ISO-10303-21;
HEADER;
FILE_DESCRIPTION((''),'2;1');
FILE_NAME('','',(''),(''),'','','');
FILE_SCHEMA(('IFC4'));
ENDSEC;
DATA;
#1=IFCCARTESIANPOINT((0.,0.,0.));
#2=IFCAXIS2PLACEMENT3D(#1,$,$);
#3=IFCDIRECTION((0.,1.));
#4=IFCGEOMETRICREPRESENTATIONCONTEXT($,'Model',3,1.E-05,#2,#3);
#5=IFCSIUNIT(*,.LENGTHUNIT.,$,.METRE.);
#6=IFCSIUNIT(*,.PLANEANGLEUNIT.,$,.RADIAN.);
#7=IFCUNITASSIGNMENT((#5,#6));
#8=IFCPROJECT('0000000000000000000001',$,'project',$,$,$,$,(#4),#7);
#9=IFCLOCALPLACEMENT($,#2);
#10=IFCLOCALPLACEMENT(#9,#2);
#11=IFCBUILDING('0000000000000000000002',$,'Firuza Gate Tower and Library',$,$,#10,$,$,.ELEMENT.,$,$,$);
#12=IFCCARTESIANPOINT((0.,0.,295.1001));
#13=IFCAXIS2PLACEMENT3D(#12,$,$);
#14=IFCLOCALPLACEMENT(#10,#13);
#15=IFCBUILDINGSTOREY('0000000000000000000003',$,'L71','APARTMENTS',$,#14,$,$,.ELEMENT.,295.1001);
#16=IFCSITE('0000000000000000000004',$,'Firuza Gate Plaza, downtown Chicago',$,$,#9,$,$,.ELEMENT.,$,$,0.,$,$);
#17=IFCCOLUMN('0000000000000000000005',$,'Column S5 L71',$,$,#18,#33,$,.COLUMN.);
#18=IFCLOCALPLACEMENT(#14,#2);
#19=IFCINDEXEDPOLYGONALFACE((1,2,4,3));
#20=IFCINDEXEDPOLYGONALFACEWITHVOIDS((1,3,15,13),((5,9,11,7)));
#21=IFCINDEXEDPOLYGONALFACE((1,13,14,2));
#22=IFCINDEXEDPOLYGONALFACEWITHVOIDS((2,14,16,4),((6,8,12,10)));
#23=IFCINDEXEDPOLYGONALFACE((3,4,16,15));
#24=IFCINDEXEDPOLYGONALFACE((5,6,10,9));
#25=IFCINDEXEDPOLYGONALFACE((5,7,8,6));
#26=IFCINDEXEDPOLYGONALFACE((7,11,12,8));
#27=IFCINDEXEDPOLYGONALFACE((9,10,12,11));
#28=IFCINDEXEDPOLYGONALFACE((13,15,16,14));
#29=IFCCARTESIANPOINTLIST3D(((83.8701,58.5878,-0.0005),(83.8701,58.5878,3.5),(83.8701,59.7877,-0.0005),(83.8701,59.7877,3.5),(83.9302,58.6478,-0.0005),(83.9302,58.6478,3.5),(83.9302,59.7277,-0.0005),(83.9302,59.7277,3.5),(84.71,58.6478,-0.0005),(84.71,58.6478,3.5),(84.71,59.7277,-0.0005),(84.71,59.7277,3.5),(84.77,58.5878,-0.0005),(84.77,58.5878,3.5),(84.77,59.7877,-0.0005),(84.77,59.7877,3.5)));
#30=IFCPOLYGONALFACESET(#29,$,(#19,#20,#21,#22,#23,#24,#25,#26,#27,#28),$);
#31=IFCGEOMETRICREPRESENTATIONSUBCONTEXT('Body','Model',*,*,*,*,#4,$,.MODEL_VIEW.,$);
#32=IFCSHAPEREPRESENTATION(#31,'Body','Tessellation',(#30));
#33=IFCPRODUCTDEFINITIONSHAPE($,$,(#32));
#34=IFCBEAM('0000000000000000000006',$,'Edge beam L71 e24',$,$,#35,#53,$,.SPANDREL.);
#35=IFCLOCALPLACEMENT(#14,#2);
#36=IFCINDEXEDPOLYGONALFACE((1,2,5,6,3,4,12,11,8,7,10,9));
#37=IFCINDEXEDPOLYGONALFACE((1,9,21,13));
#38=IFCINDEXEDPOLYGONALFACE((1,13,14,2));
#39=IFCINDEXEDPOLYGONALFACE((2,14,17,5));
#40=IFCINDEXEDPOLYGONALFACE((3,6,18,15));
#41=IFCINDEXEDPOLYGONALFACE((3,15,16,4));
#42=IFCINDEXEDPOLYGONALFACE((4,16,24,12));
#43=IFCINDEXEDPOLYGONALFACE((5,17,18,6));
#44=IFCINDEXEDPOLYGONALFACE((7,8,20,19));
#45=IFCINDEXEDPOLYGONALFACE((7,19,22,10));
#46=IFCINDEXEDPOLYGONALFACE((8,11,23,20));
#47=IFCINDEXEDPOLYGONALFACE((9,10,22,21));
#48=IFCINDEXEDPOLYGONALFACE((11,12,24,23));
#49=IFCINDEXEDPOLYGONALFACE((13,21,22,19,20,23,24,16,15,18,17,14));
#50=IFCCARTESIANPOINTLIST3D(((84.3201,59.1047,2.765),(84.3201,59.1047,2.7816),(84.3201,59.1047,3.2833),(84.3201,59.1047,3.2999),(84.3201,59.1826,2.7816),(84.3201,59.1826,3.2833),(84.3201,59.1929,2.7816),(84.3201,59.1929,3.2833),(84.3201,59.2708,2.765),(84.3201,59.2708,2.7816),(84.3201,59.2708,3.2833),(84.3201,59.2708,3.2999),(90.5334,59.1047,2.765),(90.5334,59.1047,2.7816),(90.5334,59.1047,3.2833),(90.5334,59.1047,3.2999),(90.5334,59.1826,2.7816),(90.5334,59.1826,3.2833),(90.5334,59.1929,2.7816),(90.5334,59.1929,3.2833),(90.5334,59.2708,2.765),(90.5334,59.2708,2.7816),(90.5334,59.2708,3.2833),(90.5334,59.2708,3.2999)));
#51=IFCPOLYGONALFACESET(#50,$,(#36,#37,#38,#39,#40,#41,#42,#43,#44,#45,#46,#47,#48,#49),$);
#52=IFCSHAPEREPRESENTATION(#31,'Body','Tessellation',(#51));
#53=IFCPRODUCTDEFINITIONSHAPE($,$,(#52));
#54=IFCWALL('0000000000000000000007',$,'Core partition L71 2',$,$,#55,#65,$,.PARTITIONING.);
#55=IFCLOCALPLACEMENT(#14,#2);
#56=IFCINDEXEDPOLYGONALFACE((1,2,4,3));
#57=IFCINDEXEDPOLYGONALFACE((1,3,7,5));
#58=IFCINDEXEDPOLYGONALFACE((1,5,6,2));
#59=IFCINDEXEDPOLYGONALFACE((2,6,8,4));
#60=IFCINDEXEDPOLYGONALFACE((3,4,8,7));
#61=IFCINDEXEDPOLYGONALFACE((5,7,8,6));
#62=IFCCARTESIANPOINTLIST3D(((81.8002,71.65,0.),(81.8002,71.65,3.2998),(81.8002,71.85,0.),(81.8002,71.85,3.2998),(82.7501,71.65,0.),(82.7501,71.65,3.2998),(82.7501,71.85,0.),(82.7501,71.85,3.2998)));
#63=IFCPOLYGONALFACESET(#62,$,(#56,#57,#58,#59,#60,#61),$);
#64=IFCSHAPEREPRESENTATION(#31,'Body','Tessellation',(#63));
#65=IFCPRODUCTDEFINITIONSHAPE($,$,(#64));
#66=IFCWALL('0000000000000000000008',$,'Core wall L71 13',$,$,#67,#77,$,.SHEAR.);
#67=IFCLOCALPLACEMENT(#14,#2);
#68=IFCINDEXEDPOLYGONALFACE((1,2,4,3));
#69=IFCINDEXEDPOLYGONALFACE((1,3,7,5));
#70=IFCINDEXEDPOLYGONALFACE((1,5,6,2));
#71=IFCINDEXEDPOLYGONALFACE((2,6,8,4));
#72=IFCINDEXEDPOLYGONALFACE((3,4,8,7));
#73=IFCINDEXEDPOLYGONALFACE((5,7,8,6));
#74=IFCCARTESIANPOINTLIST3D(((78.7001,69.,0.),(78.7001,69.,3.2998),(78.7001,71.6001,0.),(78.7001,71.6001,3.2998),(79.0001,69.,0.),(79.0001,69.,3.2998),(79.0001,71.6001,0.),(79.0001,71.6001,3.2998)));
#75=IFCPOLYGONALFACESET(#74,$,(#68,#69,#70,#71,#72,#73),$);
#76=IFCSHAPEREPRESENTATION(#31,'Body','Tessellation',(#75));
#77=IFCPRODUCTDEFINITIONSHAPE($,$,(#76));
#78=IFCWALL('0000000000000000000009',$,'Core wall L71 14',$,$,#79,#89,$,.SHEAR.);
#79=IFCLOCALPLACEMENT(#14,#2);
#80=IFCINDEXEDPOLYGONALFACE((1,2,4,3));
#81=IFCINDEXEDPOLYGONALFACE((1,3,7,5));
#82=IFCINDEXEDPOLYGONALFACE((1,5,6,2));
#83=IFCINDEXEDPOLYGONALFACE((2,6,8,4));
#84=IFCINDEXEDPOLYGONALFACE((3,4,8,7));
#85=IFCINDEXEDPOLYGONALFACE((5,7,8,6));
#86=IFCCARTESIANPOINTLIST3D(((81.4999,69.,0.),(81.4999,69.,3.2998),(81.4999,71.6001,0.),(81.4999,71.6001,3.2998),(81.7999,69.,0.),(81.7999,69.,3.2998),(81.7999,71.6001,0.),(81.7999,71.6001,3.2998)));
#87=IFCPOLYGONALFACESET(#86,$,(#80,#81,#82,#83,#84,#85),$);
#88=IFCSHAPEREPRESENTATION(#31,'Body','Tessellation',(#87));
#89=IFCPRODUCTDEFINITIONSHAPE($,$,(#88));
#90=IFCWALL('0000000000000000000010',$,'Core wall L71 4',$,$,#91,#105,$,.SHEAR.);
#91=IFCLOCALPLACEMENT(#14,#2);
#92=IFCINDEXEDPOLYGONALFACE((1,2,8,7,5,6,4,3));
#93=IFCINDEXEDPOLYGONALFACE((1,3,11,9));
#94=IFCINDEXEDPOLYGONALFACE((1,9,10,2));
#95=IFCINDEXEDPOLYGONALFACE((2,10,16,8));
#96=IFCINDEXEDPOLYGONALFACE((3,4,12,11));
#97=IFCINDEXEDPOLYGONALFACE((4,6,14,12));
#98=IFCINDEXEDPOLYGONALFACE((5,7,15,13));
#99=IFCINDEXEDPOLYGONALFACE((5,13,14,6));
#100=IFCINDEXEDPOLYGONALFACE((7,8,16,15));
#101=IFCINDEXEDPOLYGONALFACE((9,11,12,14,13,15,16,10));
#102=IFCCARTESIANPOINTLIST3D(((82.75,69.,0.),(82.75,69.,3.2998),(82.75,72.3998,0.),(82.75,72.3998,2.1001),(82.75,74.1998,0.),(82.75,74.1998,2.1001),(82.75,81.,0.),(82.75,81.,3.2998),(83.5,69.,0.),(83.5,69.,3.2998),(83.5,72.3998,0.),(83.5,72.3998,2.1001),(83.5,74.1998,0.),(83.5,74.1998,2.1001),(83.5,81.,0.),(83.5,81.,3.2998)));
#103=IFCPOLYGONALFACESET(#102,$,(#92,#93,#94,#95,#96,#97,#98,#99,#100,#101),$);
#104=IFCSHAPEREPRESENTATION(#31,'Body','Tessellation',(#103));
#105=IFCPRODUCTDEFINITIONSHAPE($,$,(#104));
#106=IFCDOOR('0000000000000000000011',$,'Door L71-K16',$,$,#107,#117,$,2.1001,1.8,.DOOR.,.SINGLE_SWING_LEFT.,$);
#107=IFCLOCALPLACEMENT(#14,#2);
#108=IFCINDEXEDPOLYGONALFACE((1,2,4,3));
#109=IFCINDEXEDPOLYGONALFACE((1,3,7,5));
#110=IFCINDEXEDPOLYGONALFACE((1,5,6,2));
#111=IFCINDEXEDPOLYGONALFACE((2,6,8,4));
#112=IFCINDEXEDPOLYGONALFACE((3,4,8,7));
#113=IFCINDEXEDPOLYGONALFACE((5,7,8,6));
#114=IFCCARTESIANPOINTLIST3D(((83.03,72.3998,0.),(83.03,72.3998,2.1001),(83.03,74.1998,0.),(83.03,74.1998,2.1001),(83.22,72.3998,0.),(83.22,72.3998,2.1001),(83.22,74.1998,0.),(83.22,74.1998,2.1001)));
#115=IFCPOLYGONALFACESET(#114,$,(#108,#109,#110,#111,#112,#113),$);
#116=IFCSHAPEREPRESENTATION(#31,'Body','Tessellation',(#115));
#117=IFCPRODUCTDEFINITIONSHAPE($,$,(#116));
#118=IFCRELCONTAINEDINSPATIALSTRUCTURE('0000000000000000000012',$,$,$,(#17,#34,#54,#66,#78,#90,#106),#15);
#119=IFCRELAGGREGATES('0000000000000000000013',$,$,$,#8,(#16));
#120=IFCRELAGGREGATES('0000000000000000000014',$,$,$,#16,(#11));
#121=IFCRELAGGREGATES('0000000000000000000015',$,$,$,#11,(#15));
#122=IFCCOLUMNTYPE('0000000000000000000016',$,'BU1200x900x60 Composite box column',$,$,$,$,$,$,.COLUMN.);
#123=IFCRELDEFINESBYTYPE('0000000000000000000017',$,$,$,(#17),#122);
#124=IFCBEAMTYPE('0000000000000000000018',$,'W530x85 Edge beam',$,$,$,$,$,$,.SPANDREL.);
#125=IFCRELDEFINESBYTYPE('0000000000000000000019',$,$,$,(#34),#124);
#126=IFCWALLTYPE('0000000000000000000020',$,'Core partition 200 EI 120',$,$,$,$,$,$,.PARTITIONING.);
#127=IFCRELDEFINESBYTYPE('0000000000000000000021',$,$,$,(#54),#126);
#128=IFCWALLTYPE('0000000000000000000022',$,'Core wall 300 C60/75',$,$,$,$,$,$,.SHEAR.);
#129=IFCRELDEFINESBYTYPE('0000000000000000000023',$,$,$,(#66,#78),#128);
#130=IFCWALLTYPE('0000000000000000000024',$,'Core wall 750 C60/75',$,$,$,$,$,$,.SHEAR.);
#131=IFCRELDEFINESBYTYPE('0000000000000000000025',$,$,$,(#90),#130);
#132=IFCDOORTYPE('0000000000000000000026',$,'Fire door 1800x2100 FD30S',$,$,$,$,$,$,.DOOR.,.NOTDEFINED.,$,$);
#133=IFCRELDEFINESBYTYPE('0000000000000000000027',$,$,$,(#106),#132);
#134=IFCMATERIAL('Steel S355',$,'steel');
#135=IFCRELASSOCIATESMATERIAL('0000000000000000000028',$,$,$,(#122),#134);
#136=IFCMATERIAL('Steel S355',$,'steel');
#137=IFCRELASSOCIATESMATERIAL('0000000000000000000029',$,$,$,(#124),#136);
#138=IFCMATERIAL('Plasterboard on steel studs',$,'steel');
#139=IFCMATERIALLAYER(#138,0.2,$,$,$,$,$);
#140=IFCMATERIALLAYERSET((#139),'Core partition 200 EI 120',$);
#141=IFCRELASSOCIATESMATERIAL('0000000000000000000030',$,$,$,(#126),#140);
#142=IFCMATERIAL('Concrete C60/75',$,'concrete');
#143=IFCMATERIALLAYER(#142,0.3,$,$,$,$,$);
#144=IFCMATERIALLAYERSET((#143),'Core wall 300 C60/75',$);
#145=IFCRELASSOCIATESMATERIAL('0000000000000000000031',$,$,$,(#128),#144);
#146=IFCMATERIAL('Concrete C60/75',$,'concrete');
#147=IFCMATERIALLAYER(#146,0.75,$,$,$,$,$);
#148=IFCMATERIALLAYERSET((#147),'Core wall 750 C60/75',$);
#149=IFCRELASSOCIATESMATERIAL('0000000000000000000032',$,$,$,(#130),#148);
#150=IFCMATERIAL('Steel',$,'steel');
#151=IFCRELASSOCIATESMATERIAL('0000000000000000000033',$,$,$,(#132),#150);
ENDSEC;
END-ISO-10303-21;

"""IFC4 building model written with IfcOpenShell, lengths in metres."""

from ifc_helpers import new_model, si_unit, direction, frame, frame_2d, origin, origin_2d, place, context, subcontext, project, spatial, rectangle, hollow_rectangle, i_section, extrude, material, layer, layer_set, material_profile, profile_set, type_object, element, fill, save


model = new_model("IFC4")

# Units and contexts
model_context = context("Model", 3, precision=1e-05, world=origin(), true_north=direction((0.0, 1.0)))
body_context = subcontext(model_context, "Body", "Model", "MODEL_VIEW")
ifc_project = project(units=[si_unit("LENGTHUNIT", "METRE"), si_unit("PLANEANGLEUNIT", "RADIAN")], contexts=[model_context])

# Site, building, storey
site_placement = place(None, origin())
site = spatial("IfcSite", under=ifc_project, at=site_placement, Name="Firuza Gate Plaza, downtown Chicago", CompositionType="ELEMENT", RefElevation=0.0)
building_placement = place(site_placement, origin())
building = spatial("IfcBuilding", under=site, at=building_placement, Name="Firuza Gate Tower and Library", CompositionType="ELEMENT")
storey_placement = place(building_placement, frame((0.0, 0.0, 295.1001)))
storey = spatial("IfcBuildingStorey", under=building, at=storey_placement, Name="L71", Description="APARTMENTS", CompositionType="ELEMENT", Elevation=295.1001)

# Column
ifc_material_1 = material(Name="Steel S355", Category="steel")
ifc_material_profile_1 = material_profile(ifc_material_1, hollow_rectangle(XDim=0.8999, YDim=1.2, WallThickness=0.0601, at=origin_2d()))
ifc_profile_set_1 = profile_set([ifc_material_profile_1], Name="Steel S355")
column_type = type_object("IfcColumnType", Name="BU1200x900x60 Composite box column", PredefinedType="COLUMN", material=ifc_profile_set_1)
column_placement = place(storey_placement, frame((84.3201, 59.1877, -0.0005), z_axis=(0.0, 0.0, 1.0), x_axis=(1.0, 0.0, 0.0)))
element("IfcColumn", 1, at=column_placement, inside=storey, type_object=column_type, Name="Column S5 L71", PredefinedType="COLUMN", context=body_context, shape_type="SweptSolid", body=[
    extrude(hollow_rectangle(XDim=0.8999, YDim=1.2, WallThickness=0.0601, at=origin_2d()), origin(), (0.0, 0.0, 1.0), 3.5005),
])

# Beam
ifc_material_2 = material(Name="Steel S355", Category="steel")
ifc_material_profile_2 = material_profile(ifc_material_2, i_section(OverallWidth=0.166, OverallDepth=0.5349, WebThickness=0.0103, FlangeThickness=0.0166, at=origin_2d()))
ifc_profile_set_2 = profile_set([ifc_material_profile_2], Name="Steel S355")
beam_type = type_object("IfcBeamType", Name="W530x85 Edge beam", PredefinedType="SPANDREL", material=ifc_profile_set_2)
beam_placement = place(storey_placement, frame((84.3201, 59.1877, 3.0325), z_axis=(1.0, 0.0, 0.0), x_axis=(0.0, 1.0, 0.0)))
element("IfcBeam", 2, at=beam_placement, inside=storey, type_object=beam_type, Name="Edge beam L71 e24", PredefinedType="SPANDREL", context=body_context, shape_type="SweptSolid", body=[
    extrude(i_section(OverallWidth=0.166, OverallDepth=0.5349, WebThickness=0.0103, FlangeThickness=0.0166, at=origin_2d()), origin(), (0.0, 0.0, 1.0), 6.2134),
])

# Walls
ifc_material_3 = material(Name="Plasterboard on steel studs", Category="steel")
ifc_layer_1 = layer(ifc_material_3, 0.2)
ifc_layer_set_1 = layer_set([ifc_layer_1], Name="Core partition 200 EI 120")
wall_type_1 = type_object("IfcWallType", Name="Core partition 200 EI 120", PredefinedType="PARTITIONING", material=ifc_layer_set_1)
wall_1_placement = place(storey_placement, frame((81.8, 71.75, 0.0), z_axis=(0.0, 0.0, 1.0), x_axis=(1.0, 0.0, 0.0)))
element("IfcWall", 3, at=wall_1_placement, inside=storey, type_object=wall_type_1, Name="Core partition L71 2", PredefinedType="PARTITIONING", context=body_context, shape_type="SweptSolid", body=[
    extrude(rectangle(XDim=0.95, YDim=0.2, at=frame_2d((0.4751, 0.0))), origin(), (0.0, 0.0, 1.0), 3.2998),
])
ifc_material_4 = material(Name="Concrete C60/75", Category="concrete")
ifc_layer_2 = layer(ifc_material_4, 0.3)
ifc_layer_set_2 = layer_set([ifc_layer_2], Name="Core wall 300 C60/75")
wall_type_2 = type_object("IfcWallType", Name="Core wall 300 C60/75", PredefinedType="SHEAR", material=ifc_layer_set_2)
for number, where, z_axis, x_axis, name in (
    (4, (78.8501, 69.0, 0.0), (0.0, 0.0, 1.0), (0.0, 1.0, 0.0), "Core wall L71 13"),
    (5, (81.6499, 69.0, 0.0), (0.0, 0.0, 1.0), (0.0, 1.0, 0.0), "Core wall L71 14"),
):
    element("IfcWall", number, at=place(storey_placement, frame(where, z_axis=z_axis, x_axis=x_axis)), inside=storey, type_object=wall_type_2, Name=name, PredefinedType="SHEAR", context=body_context, shape_type="SweptSolid", body=[
        extrude(rectangle(XDim=2.6001, YDim=0.3, at=frame_2d((1.3, 0.0))), origin(), (0.0, 0.0, 1.0), 3.2998),
    ])

# Wall, opening, door
ifc_material_5 = material(Name="Concrete C60/75", Category="concrete")
ifc_layer_3 = layer(ifc_material_5, 0.75)
ifc_layer_set_3 = layer_set([ifc_layer_3], Name="Core wall 750 C60/75")
wall_type_3 = type_object("IfcWallType", Name="Core wall 750 C60/75", PredefinedType="SHEAR", material=ifc_layer_set_3)
wall_2_placement = place(storey_placement, frame((83.125, 69.0, 0.0), z_axis=(0.0, 0.0, 1.0), x_axis=(0.0, 1.0, 0.0)))
wall_2 = element("IfcWall", 6, at=wall_2_placement, inside=storey, type_object=wall_type_3, Name="Core wall L71 4", PredefinedType="SHEAR", context=body_context, shape_type="SweptSolid", body=[
    extrude(rectangle(XDim=12.0, YDim=0.75, at=frame_2d((6.0, 0.0))), origin(), (0.0, 0.0, 1.0), 3.2998),
])
opening_1_placement = place(wall_2_placement, frame((3.3999, 0.0, 0.0)))
opening_1 = element("IfcOpeningElement", 7, at=opening_1_placement, cuts=wall_2, PredefinedType="OPENING", context=body_context, shape_type="SweptSolid", body=[
    extrude(rectangle(XDim=1.8, YDim=2.1001, at=frame_2d((0.8999, 1.05))), frame((0.0, 0.385, 0.0), z_axis=(0.0, -1.0, 0.0), x_axis=(1.0, 0.0, 0.0)), (0.0, 0.0, 1.0), 0.77),
])
ifc_material_6 = material(Name="Steel", Category="steel")
door_type_1 = type_object("IfcDoorType", Name="Fire door 1800x2100 FD30S", OperationType="NOTDEFINED", PredefinedType="DOOR", material=ifc_material_6)
door_1_placement = place(opening_1_placement, origin())
door_1 = element("IfcDoor", 8, at=door_1_placement, inside=storey, type_object=door_type_1, Name="Door L71-K16", OperationType="SINGLE_SWING_LEFT", OverallHeight=2.1001, OverallWidth=1.8, PredefinedType="DOOR", context=body_context, shape_type="SweptSolid", body=[
    extrude(rectangle(XDim=1.8, YDim=2.1001, at=frame_2d((0.8999, 1.05))), frame((0.0, 0.095, 0.0), z_axis=(0.0, -1.0, 0.0), x_axis=(1.0, 0.0, 0.0)), (0.0, 0.0, 1.0), 0.1899),
])
fill(opening_1, door_1)

save(model, "model.ifc")
